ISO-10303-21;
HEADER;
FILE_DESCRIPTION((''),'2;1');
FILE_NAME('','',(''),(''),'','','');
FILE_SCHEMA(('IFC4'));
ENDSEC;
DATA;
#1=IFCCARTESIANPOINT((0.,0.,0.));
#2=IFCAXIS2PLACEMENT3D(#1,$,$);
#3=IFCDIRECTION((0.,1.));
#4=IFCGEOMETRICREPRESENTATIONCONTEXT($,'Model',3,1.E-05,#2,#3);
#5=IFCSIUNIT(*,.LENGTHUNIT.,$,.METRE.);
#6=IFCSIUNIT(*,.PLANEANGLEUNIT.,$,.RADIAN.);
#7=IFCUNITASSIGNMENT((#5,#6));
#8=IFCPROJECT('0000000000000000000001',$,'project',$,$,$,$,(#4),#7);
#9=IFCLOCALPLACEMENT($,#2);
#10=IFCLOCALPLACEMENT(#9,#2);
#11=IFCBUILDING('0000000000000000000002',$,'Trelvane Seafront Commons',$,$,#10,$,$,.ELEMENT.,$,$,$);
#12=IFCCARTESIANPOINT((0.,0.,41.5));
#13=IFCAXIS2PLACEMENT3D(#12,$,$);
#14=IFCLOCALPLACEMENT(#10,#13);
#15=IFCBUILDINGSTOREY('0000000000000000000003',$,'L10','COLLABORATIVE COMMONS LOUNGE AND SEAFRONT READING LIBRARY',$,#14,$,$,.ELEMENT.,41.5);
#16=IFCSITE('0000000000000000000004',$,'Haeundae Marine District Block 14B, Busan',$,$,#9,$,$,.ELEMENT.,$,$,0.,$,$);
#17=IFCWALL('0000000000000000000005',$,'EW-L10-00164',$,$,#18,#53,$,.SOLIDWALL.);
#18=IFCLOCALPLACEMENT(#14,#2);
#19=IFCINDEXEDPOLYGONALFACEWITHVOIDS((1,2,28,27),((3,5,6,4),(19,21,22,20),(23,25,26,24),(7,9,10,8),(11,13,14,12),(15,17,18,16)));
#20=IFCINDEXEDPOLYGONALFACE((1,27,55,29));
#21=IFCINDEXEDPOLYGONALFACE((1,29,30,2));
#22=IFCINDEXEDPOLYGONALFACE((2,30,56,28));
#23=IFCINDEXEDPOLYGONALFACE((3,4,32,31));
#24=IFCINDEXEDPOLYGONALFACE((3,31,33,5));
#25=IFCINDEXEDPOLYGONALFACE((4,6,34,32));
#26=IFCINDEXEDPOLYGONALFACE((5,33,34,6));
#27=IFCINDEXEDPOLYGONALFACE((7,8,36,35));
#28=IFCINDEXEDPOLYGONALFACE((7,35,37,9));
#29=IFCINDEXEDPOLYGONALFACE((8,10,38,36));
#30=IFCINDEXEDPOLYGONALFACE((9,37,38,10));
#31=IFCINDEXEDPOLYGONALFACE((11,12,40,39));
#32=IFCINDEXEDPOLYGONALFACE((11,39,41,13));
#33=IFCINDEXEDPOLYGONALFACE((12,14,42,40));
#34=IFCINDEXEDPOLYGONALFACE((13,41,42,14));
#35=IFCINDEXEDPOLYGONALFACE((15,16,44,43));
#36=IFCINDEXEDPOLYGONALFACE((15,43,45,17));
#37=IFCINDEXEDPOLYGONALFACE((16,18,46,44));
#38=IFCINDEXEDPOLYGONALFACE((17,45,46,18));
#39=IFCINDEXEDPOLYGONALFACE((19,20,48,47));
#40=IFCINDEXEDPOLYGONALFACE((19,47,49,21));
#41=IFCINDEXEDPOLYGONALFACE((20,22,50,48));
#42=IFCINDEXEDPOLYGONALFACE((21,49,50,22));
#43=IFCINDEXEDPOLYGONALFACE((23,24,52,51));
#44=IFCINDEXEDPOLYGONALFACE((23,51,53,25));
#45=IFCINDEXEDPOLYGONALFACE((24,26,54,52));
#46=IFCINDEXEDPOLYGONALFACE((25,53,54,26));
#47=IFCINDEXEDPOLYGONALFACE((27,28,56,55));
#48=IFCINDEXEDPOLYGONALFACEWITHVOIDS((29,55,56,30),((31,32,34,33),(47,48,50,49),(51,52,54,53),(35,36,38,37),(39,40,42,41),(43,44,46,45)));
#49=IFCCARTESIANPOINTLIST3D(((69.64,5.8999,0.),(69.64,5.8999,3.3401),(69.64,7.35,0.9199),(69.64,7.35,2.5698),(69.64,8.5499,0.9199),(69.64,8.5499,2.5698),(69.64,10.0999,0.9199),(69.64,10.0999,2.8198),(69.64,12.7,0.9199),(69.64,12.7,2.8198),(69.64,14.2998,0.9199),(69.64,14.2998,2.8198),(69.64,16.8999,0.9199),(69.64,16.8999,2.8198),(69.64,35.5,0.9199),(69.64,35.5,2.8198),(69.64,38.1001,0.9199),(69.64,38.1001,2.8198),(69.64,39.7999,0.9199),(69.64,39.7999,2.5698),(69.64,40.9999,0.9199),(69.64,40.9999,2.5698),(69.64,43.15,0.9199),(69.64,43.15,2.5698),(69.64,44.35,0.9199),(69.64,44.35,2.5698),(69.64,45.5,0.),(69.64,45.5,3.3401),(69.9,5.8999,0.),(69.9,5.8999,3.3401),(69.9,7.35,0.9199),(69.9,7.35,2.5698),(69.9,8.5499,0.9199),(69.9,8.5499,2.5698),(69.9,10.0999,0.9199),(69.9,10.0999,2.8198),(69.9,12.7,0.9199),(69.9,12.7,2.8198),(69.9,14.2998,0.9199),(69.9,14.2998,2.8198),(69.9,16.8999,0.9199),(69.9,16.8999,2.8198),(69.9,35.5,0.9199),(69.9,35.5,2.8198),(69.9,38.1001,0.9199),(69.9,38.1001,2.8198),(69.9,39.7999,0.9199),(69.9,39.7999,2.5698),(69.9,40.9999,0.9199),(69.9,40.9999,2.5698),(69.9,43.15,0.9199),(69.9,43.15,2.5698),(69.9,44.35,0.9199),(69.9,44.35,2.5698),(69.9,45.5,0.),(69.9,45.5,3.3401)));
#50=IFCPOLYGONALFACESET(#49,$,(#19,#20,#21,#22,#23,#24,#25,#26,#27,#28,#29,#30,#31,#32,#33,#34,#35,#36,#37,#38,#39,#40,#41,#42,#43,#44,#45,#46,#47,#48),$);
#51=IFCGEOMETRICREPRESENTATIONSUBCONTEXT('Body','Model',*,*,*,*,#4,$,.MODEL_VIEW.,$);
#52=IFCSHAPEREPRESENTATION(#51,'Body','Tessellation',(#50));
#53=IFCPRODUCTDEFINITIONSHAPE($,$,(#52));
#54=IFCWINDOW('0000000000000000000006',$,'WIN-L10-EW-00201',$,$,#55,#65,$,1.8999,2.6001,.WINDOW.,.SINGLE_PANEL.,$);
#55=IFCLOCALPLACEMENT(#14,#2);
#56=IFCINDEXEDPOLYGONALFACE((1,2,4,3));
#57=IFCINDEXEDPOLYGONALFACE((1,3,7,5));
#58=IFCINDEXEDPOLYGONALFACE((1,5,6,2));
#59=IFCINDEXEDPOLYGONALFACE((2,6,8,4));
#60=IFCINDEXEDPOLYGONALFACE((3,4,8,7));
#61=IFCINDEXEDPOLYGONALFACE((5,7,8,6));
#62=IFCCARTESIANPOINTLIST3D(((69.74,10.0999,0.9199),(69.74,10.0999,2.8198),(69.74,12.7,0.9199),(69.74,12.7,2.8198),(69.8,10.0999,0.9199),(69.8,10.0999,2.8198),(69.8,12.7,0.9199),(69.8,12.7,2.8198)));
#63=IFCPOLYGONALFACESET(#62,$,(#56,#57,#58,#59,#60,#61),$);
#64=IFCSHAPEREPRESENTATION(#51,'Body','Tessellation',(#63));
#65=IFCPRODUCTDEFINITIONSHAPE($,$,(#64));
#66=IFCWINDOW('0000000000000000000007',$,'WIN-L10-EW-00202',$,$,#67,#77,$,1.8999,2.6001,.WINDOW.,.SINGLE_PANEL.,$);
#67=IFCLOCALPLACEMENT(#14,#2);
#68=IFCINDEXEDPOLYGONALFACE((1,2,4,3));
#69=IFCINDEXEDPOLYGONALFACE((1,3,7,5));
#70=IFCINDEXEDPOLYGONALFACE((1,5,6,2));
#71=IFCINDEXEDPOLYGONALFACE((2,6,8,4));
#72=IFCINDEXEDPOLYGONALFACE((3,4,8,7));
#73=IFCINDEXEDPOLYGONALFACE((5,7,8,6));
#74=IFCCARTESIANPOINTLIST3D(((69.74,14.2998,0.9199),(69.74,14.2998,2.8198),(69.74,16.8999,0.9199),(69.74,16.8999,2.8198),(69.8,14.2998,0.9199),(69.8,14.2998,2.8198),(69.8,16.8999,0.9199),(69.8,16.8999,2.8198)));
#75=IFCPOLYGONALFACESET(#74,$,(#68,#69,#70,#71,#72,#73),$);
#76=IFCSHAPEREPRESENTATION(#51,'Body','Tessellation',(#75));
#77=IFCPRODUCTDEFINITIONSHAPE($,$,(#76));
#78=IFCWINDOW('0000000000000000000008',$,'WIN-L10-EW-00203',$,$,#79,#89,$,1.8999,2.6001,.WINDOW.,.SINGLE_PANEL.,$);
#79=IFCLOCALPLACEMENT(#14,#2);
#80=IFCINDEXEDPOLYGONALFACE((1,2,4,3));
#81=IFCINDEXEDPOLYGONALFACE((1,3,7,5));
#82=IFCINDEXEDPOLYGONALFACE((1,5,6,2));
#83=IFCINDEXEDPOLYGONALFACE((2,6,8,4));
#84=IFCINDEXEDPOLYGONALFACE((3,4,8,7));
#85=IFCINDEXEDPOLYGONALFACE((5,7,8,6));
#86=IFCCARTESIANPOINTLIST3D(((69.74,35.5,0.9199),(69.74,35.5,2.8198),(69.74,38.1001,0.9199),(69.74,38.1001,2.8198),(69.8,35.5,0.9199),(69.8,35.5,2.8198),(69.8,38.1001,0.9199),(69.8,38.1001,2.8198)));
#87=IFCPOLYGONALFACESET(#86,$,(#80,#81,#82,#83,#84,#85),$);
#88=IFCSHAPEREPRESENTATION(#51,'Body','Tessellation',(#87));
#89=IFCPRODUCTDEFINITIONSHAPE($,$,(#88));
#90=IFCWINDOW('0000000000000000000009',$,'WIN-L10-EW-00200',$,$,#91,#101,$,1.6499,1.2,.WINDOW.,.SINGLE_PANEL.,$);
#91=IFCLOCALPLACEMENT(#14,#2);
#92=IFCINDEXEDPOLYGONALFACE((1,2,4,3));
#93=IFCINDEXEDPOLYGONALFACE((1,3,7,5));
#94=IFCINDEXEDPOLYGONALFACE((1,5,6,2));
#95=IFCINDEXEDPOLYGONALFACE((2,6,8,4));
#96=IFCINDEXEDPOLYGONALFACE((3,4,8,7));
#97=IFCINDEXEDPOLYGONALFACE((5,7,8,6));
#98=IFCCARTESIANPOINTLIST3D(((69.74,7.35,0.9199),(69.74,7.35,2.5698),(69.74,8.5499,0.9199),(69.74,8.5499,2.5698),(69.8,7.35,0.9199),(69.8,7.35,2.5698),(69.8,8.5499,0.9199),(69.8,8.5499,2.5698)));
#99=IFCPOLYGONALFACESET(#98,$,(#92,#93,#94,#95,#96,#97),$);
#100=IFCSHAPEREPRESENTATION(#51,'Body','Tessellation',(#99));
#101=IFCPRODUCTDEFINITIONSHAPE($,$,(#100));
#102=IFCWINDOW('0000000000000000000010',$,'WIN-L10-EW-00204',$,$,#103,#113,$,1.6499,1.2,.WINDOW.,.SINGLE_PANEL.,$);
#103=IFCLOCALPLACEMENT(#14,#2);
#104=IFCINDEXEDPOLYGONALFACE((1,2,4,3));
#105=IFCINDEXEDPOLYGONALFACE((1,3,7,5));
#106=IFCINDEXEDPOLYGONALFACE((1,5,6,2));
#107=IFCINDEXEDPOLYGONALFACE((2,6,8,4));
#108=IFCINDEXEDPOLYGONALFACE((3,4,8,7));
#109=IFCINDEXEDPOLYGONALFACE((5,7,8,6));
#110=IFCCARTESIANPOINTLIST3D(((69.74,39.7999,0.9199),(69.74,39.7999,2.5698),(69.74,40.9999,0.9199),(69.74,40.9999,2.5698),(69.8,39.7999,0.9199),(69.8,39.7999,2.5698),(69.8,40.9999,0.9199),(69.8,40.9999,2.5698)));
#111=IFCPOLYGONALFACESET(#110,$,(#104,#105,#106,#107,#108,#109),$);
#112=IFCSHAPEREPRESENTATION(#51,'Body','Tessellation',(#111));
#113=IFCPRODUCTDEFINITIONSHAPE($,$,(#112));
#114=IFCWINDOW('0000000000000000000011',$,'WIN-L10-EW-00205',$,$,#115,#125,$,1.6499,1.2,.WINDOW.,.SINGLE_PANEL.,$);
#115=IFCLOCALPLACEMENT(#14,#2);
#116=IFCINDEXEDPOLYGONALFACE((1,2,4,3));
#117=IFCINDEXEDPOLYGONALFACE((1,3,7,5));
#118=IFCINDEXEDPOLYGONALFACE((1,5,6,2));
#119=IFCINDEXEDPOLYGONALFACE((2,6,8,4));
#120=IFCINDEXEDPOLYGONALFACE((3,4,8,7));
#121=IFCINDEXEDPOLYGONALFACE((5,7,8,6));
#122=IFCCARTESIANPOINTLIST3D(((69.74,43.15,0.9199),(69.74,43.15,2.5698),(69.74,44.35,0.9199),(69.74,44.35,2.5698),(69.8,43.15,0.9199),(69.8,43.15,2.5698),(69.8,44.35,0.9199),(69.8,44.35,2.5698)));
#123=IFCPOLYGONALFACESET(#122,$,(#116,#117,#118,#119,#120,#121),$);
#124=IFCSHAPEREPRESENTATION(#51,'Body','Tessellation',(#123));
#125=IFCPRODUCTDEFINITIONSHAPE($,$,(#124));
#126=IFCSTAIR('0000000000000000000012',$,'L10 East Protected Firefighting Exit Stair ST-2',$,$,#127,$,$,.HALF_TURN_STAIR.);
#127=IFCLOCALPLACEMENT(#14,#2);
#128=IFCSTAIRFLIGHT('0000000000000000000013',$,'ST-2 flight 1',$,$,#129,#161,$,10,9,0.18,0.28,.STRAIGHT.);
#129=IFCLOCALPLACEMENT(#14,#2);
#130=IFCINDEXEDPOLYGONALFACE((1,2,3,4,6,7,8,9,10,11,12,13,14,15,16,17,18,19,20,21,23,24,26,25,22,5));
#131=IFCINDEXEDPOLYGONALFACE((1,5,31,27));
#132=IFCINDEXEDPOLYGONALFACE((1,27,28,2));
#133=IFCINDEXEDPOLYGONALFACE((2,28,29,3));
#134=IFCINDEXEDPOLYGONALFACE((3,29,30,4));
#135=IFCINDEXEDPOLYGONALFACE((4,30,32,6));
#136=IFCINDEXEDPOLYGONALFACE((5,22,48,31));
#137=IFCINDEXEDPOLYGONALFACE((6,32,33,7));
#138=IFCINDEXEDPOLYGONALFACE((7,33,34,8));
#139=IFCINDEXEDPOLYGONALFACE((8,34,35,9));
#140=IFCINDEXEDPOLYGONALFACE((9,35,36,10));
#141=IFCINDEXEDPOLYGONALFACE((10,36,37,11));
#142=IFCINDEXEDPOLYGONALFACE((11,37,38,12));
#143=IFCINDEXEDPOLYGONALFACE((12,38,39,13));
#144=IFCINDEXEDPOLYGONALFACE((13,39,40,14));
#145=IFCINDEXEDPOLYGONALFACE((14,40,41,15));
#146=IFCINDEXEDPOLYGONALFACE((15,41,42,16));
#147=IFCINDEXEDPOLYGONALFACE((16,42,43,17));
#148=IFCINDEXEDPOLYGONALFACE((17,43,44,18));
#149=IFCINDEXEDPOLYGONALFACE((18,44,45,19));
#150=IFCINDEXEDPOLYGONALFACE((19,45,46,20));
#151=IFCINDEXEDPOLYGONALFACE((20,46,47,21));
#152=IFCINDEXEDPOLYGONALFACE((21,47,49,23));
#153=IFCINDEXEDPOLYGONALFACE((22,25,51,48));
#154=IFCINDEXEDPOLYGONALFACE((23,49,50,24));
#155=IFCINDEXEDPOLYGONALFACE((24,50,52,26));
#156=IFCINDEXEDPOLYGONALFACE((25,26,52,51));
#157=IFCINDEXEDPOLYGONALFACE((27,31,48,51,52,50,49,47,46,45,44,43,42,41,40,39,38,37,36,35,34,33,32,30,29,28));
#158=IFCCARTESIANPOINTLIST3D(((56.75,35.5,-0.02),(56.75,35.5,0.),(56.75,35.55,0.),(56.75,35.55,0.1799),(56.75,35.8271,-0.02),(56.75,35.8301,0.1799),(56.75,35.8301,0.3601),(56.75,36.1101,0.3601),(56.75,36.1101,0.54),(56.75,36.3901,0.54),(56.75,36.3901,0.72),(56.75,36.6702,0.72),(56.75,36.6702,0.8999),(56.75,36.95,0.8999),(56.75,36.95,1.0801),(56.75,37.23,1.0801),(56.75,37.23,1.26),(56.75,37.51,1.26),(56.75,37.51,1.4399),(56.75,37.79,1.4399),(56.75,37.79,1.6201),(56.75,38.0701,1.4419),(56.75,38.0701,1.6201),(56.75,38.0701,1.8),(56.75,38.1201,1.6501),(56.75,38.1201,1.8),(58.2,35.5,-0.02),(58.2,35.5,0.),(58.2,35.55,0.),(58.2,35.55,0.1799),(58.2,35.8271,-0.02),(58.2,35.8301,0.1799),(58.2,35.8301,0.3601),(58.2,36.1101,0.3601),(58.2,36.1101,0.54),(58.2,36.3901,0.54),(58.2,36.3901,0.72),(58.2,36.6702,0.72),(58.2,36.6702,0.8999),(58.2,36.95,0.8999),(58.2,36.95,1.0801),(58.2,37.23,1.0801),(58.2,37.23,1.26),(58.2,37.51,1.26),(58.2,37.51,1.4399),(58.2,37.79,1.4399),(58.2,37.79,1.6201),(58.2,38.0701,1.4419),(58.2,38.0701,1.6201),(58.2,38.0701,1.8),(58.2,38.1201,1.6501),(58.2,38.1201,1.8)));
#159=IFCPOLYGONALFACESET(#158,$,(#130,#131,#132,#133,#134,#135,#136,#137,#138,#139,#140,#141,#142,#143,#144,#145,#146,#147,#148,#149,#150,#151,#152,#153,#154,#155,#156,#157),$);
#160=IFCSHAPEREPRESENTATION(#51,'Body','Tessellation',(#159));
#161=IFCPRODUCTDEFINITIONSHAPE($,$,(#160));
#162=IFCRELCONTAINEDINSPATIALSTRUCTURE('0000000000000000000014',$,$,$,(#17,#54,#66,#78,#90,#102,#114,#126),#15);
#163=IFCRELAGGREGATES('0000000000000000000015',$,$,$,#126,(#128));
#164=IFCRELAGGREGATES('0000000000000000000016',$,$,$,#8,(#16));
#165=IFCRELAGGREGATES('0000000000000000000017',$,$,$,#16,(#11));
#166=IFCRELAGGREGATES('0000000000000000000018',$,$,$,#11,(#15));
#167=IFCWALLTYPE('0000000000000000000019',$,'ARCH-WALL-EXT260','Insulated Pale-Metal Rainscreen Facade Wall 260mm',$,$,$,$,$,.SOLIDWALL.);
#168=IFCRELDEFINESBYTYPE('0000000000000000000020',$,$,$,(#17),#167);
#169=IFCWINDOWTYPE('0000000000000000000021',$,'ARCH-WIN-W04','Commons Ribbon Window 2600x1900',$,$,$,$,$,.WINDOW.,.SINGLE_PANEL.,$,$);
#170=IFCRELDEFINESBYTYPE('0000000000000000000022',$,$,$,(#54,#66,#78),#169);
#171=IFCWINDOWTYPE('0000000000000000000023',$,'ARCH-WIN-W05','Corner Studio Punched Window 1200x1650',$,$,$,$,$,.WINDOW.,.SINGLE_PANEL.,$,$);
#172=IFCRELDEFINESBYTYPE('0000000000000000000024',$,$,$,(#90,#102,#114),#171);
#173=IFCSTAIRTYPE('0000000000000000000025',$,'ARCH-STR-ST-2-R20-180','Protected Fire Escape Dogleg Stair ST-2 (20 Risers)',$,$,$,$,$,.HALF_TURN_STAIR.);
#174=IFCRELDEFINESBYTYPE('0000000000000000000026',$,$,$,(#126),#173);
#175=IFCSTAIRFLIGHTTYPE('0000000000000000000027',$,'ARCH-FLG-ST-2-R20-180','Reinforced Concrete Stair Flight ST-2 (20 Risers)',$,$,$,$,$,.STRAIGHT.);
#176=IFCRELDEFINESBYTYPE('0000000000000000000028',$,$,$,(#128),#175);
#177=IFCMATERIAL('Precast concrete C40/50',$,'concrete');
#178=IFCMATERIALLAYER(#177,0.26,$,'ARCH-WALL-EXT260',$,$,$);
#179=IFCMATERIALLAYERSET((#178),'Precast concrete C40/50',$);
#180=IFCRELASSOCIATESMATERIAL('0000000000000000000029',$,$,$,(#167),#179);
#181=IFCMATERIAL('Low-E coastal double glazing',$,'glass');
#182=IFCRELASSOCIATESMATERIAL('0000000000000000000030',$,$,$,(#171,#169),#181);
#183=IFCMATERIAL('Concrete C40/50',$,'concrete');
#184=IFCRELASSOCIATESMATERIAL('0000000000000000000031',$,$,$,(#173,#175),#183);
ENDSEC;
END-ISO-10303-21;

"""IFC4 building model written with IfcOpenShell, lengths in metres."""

from ifc_helpers import new_model, si_unit, direction, frame, frame_2d, origin, place, context, subcontext, project, spatial, polyline, rectangle, outline, extrude, source, transform, mapped, material, layer, layer_set, type_object, element, fill, aggregate, save


model = new_model("IFC4")

# Units and contexts
model_context = context("Model", 3, precision=1e-05, world=origin(), true_north=direction((0.0, 1.0)))
body_context = subcontext(model_context, "Body", "Model", "MODEL_VIEW")
ifc_project = project(units=[si_unit("LENGTHUNIT", "METRE"), si_unit("PLANEANGLEUNIT", "RADIAN")], contexts=[model_context])

# Site, building, storey
site_placement = place(None, origin())
site = spatial("IfcSite", under=ifc_project, at=site_placement, Name="Haeundae Marine District Block 14B, Busan", CompositionType="ELEMENT", RefElevation=0.0)
building_placement = place(site_placement, origin())
building = spatial("IfcBuilding", under=site, at=building_placement, Name="Trelvane Seafront Commons", CompositionType="ELEMENT")
storey_placement = place(building_placement, frame((0.0, 0.0, 41.5)))
storey = spatial("IfcBuildingStorey", under=building, at=storey_placement, Name="L10", Description="COLLABORATIVE COMMONS LOUNGE AND SEAFRONT READING LIBRARY", CompositionType="ELEMENT", Elevation=41.5)

# Shared definitions
ifc_material_1 = material(Name="Low-E coastal double glazing", Category="glass")

# Shared definitions
ifc_material_2 = material(Name="Precast concrete C40/50", Category="concrete")
ifc_layer_1 = layer(ifc_material_2, 0.26, Name="ARCH-WALL-EXT260")
ifc_layer_set_1 = layer_set([ifc_layer_1], Name="Precast concrete C40/50")
wall_type_1 = type_object("IfcWallType", Name="ARCH-WALL-EXT260", Description="Insulated Pale-Metal Rainscreen Facade Wall 260mm", PredefinedType="SOLIDWALL", material=ifc_layer_set_1)
window_type_1 = type_object("IfcWindowType", Name="ARCH-WIN-W05", Description="Corner Studio Punched Window 1200x1650", PartitioningType="SINGLE_PANEL", PredefinedType="WINDOW", material=ifc_material_1)
shared_shape_1 = source(origin(), body_context, "Body", "SweptSolid", [
    extrude(rectangle(XDim=1.2, YDim=1.6499, at=frame_2d((0.6001, 0.825))), frame((0.0, 0.03, 0.0), z_axis=(0.0, -1.0, 0.0), x_axis=(1.0, 0.0, 0.0)), (0.0, 0.0, 1.0), 0.0601),
])

# Wall, openings, windows
wall_1_placement = place(storey_placement, frame((69.77, 45.5, 0.0), z_axis=(0.0, 0.0, 1.0), x_axis=(0.0, -1.0, 0.0)))
wall_1 = element("IfcWall", 1, at=wall_1_placement, inside=storey, type_object=wall_type_1, Name="EW-L10-00164", PredefinedType="SOLIDWALL", context=body_context, shape_type="SweptSolid", body=[
    extrude(rectangle(XDim=39.6001, YDim=0.26, at=frame_2d((19.8, 0.0))), origin(), (0.0, 0.0, 1.0), 3.3401),
])
opening_1_placement = place(wall_1_placement, frame((36.95, 0.0, 0.9199)))
opening_1 = element("IfcOpeningElement", 2, at=opening_1_placement, cuts=wall_1, PredefinedType="OPENING", context=body_context, shape_type="SweptSolid", body=[
    extrude(rectangle(XDim=1.2, YDim=1.6499, at=frame_2d((0.6001, 0.825))), frame((0.0, 0.1399, 0.0), z_axis=(0.0, -1.0, 0.0), x_axis=(1.0, 0.0, 0.0)), (0.0, 0.0, 1.0), 0.28),
])
opening_2_placement = place(wall_1_placement, frame((32.8, 0.0, 0.9199)))
opening_2 = element("IfcOpeningElement", 3, at=opening_2_placement, cuts=wall_1, PredefinedType="OPENING", context=body_context, shape_type="SweptSolid", body=[
    extrude(rectangle(XDim=2.6001, YDim=1.8999, at=frame_2d((1.3, 0.95))), frame((0.0, 0.1399, 0.0), z_axis=(0.0, -1.0, 0.0), x_axis=(1.0, 0.0, 0.0)), (0.0, 0.0, 1.0), 0.28),
])
opening_3_placement = place(wall_1_placement, frame((28.6001, 0.0, 0.9199)))
opening_3 = element("IfcOpeningElement", 4, at=opening_3_placement, cuts=wall_1, PredefinedType="OPENING", context=body_context, shape_type="SweptSolid", body=[
    extrude(rectangle(XDim=2.6001, YDim=1.8999, at=frame_2d((1.3, 0.95))), frame((0.0, 0.1399, 0.0), z_axis=(0.0, -1.0, 0.0), x_axis=(1.0, 0.0, 0.0)), (0.0, 0.0, 1.0), 0.28),
])
opening_4_placement = place(wall_1_placement, frame((7.3999, 0.0, 0.9199)))
opening_4 = element("IfcOpeningElement", 5, at=opening_4_placement, cuts=wall_1, PredefinedType="OPENING", context=body_context, shape_type="SweptSolid", body=[
    extrude(rectangle(XDim=2.6001, YDim=1.8999, at=frame_2d((1.3, 0.95))), frame((0.0, 0.1399, 0.0), z_axis=(0.0, -1.0, 0.0), x_axis=(1.0, 0.0, 0.0)), (0.0, 0.0, 1.0), 0.28),
])
opening_5_placement = place(wall_1_placement, frame((4.5, 0.0, 0.9199)))
opening_5 = element("IfcOpeningElement", 6, at=opening_5_placement, cuts=wall_1, PredefinedType="OPENING", context=body_context, shape_type="SweptSolid", body=[
    extrude(rectangle(XDim=1.2, YDim=1.6499, at=frame_2d((0.6001, 0.825))), frame((0.0, 0.1399, 0.0), z_axis=(0.0, -1.0, 0.0), x_axis=(1.0, 0.0, 0.0)), (0.0, 0.0, 1.0), 0.28),
])
opening_6_placement = place(wall_1_placement, frame((1.1499, 0.0, 0.9199)))
opening_6 = element("IfcOpeningElement", 7, at=opening_6_placement, cuts=wall_1, PredefinedType="OPENING", context=body_context, shape_type="SweptSolid", body=[
    extrude(rectangle(XDim=1.2, YDim=1.6499, at=frame_2d((0.6001, 0.825))), frame((0.0, 0.1399, 0.0), z_axis=(0.0, -1.0, 0.0), x_axis=(1.0, 0.0, 0.0)), (0.0, 0.0, 1.0), 0.28),
])
window_type_2 = type_object("IfcWindowType", Name="ARCH-WIN-W04", Description="Commons Ribbon Window 2600x1900", PartitioningType="SINGLE_PANEL", PredefinedType="WINDOW", material=ifc_material_1)
shared_shape_2 = source(origin(), body_context, "Body", "SweptSolid", [
    extrude(rectangle(XDim=2.6001, YDim=1.8999, at=frame_2d((1.3, 0.95))), frame((0.0, 0.03, 0.0), z_axis=(0.0, -1.0, 0.0), x_axis=(1.0, 0.0, 0.0)), (0.0, 0.0, 1.0), 0.0601),
])
window_1_placement = place(opening_2_placement, origin())
window_1 = element("IfcWindow", 8, at=window_1_placement, inside=storey, type_object=window_type_2, Name="WIN-L10-EW-00201", OverallHeight=1.8999, OverallWidth=2.6001, PartitioningType="SINGLE_PANEL", PredefinedType="WINDOW", context=body_context, shape_type="MappedRepresentation", body=[
    mapped(shared_shape_2, transform((0.0, 0.0, 0.0), x_axis=(1.0, 0.0, 0.0), y_axis=(0.0, 1.0, 0.0), z_axis=(0.0, 0.0, 1.0), scale=1.0)),
])
fill(opening_2, window_1)
window_2_placement = place(opening_3_placement, origin())
window_2 = element("IfcWindow", 9, at=window_2_placement, inside=storey, type_object=window_type_2, Name="WIN-L10-EW-00202", OverallHeight=1.8999, OverallWidth=2.6001, PartitioningType="SINGLE_PANEL", PredefinedType="WINDOW", context=body_context, shape_type="MappedRepresentation", body=[
    mapped(shared_shape_2, transform((0.0, 0.0, 0.0), x_axis=(1.0, 0.0, 0.0), y_axis=(0.0, 1.0, 0.0), z_axis=(0.0, 0.0, 1.0), scale=1.0)),
])
fill(opening_3, window_2)
window_3_placement = place(opening_4_placement, origin())
window_3 = element("IfcWindow", 10, at=window_3_placement, inside=storey, type_object=window_type_2, Name="WIN-L10-EW-00203", OverallHeight=1.8999, OverallWidth=2.6001, PartitioningType="SINGLE_PANEL", PredefinedType="WINDOW", context=body_context, shape_type="MappedRepresentation", body=[
    mapped(shared_shape_2, transform((0.0, 0.0, 0.0), x_axis=(1.0, 0.0, 0.0), y_axis=(0.0, 1.0, 0.0), z_axis=(0.0, 0.0, 1.0), scale=1.0)),
])
fill(opening_4, window_3)
window_4_placement = place(opening_1_placement, origin())
window_4 = element("IfcWindow", 11, at=window_4_placement, inside=storey, type_object=window_type_1, Name="WIN-L10-EW-00200", OverallHeight=1.6499, OverallWidth=1.2, PartitioningType="SINGLE_PANEL", PredefinedType="WINDOW", context=body_context, shape_type="MappedRepresentation", body=[
    mapped(shared_shape_1, transform((0.0, 0.0, 0.0), x_axis=(1.0, 0.0, 0.0), y_axis=(0.0, 1.0, 0.0), z_axis=(0.0, 0.0, 1.0), scale=1.0)),
])
fill(opening_1, window_4)
window_5_placement = place(opening_5_placement, origin())
window_5 = element("IfcWindow", 12, at=window_5_placement, inside=storey, type_object=window_type_1, Name="WIN-L10-EW-00204", OverallHeight=1.6499, OverallWidth=1.2, PartitioningType="SINGLE_PANEL", PredefinedType="WINDOW", context=body_context, shape_type="MappedRepresentation", body=[
    mapped(shared_shape_1, transform((0.0, 0.0, 0.0), x_axis=(1.0, 0.0, 0.0), y_axis=(0.0, 1.0, 0.0), z_axis=(0.0, 0.0, 1.0), scale=1.0)),
])
fill(opening_5, window_5)
window_6_placement = place(opening_6_placement, origin())
window_6 = element("IfcWindow", 13, at=window_6_placement, inside=storey, type_object=window_type_1, Name="WIN-L10-EW-00205", OverallHeight=1.6499, OverallWidth=1.2, PartitioningType="SINGLE_PANEL", PredefinedType="WINDOW", context=body_context, shape_type="MappedRepresentation", body=[
    mapped(shared_shape_1, transform((0.0, 0.0, 0.0), x_axis=(1.0, 0.0, 0.0), y_axis=(0.0, 1.0, 0.0), z_axis=(0.0, 0.0, 1.0), scale=1.0)),
])
fill(opening_6, window_6)

# Stair, stair flight
ifc_material_3 = material(Name="Concrete C40/50", Category="concrete")
stair_type = type_object("IfcStairType", Name="ARCH-STR-ST-2-R20-180", Description="Protected Fire Escape Dogleg Stair ST-2 (20 Risers)", PredefinedType="HALF_TURN_STAIR", material=ifc_material_3)
stair_placement = place(storey_placement, origin())
stair = element("IfcStair", 14, at=stair_placement, inside=storey, type_object=stair_type, Name="L10 East Protected Firefighting Exit Stair ST-2", PredefinedType="HALF_TURN_STAIR")
stair_flight_type = type_object("IfcStairFlightType", Name="ARCH-FLG-ST-2-R20-180", Description="Reinforced Concrete Stair Flight ST-2 (20 Risers)", PredefinedType="STRAIGHT", material=ifc_material_3)
shared_shape_3 = source(origin(), body_context, "Body", "SweptSolid", [
    extrude(outline(polyline([(-0.05, -0.02), (-0.05, 0.0), (0.0, 0.0), (0.0, 0.1799), (0.28, 0.1799), (0.28, 0.3601), (0.5601, 0.3601), (0.5601, 0.54), (0.8401, 0.54), (0.8401, 0.72), (1.1201, 0.72), (1.1201, 0.8999), (1.3999, 0.8999), (1.3999, 1.0801), (1.6799, 1.0801), (1.6799, 1.26), (1.96, 1.26), (1.96, 1.4399), (2.24, 1.4399), (2.24, 1.6201), (2.52, 1.6201), (2.52, 1.8), (2.5701, 1.8), (2.5701, 1.6501), (2.52, 1.4419), (0.2771, -0.02), (-0.05, -0.02)])), frame((0.0, 0.7251, 0.0), z_axis=(0.0, -1.0, 0.0), x_axis=(1.0, 0.0, 0.0)), (0.0, 0.0, 1.0), 1.45),
])
stair_flight_placement = place(storey_placement, frame((57.4751, 35.55, 0.0), z_axis=(0.0, 0.0, 1.0), x_axis=(0.0, 1.0, 0.0)))
stair_flight = element("IfcStairFlight", 15, at=stair_flight_placement, type_object=stair_flight_type, Name="ST-2 flight 1", NumberOfRisers=10, NumberOfTreads=9, PredefinedType="STRAIGHT", RiserHeight=0.18, TreadLength=0.28, context=body_context, shape_type="MappedRepresentation", body=[
    mapped(shared_shape_3, transform((0.0, 0.0, 0.0), x_axis=(1.0, 0.0, 0.0), y_axis=(0.0, 1.0, 0.0), z_axis=(0.0, 0.0, 1.0), scale=1.0)),
])
aggregate(stair, [stair_flight])

save(model, "model.ifc")
